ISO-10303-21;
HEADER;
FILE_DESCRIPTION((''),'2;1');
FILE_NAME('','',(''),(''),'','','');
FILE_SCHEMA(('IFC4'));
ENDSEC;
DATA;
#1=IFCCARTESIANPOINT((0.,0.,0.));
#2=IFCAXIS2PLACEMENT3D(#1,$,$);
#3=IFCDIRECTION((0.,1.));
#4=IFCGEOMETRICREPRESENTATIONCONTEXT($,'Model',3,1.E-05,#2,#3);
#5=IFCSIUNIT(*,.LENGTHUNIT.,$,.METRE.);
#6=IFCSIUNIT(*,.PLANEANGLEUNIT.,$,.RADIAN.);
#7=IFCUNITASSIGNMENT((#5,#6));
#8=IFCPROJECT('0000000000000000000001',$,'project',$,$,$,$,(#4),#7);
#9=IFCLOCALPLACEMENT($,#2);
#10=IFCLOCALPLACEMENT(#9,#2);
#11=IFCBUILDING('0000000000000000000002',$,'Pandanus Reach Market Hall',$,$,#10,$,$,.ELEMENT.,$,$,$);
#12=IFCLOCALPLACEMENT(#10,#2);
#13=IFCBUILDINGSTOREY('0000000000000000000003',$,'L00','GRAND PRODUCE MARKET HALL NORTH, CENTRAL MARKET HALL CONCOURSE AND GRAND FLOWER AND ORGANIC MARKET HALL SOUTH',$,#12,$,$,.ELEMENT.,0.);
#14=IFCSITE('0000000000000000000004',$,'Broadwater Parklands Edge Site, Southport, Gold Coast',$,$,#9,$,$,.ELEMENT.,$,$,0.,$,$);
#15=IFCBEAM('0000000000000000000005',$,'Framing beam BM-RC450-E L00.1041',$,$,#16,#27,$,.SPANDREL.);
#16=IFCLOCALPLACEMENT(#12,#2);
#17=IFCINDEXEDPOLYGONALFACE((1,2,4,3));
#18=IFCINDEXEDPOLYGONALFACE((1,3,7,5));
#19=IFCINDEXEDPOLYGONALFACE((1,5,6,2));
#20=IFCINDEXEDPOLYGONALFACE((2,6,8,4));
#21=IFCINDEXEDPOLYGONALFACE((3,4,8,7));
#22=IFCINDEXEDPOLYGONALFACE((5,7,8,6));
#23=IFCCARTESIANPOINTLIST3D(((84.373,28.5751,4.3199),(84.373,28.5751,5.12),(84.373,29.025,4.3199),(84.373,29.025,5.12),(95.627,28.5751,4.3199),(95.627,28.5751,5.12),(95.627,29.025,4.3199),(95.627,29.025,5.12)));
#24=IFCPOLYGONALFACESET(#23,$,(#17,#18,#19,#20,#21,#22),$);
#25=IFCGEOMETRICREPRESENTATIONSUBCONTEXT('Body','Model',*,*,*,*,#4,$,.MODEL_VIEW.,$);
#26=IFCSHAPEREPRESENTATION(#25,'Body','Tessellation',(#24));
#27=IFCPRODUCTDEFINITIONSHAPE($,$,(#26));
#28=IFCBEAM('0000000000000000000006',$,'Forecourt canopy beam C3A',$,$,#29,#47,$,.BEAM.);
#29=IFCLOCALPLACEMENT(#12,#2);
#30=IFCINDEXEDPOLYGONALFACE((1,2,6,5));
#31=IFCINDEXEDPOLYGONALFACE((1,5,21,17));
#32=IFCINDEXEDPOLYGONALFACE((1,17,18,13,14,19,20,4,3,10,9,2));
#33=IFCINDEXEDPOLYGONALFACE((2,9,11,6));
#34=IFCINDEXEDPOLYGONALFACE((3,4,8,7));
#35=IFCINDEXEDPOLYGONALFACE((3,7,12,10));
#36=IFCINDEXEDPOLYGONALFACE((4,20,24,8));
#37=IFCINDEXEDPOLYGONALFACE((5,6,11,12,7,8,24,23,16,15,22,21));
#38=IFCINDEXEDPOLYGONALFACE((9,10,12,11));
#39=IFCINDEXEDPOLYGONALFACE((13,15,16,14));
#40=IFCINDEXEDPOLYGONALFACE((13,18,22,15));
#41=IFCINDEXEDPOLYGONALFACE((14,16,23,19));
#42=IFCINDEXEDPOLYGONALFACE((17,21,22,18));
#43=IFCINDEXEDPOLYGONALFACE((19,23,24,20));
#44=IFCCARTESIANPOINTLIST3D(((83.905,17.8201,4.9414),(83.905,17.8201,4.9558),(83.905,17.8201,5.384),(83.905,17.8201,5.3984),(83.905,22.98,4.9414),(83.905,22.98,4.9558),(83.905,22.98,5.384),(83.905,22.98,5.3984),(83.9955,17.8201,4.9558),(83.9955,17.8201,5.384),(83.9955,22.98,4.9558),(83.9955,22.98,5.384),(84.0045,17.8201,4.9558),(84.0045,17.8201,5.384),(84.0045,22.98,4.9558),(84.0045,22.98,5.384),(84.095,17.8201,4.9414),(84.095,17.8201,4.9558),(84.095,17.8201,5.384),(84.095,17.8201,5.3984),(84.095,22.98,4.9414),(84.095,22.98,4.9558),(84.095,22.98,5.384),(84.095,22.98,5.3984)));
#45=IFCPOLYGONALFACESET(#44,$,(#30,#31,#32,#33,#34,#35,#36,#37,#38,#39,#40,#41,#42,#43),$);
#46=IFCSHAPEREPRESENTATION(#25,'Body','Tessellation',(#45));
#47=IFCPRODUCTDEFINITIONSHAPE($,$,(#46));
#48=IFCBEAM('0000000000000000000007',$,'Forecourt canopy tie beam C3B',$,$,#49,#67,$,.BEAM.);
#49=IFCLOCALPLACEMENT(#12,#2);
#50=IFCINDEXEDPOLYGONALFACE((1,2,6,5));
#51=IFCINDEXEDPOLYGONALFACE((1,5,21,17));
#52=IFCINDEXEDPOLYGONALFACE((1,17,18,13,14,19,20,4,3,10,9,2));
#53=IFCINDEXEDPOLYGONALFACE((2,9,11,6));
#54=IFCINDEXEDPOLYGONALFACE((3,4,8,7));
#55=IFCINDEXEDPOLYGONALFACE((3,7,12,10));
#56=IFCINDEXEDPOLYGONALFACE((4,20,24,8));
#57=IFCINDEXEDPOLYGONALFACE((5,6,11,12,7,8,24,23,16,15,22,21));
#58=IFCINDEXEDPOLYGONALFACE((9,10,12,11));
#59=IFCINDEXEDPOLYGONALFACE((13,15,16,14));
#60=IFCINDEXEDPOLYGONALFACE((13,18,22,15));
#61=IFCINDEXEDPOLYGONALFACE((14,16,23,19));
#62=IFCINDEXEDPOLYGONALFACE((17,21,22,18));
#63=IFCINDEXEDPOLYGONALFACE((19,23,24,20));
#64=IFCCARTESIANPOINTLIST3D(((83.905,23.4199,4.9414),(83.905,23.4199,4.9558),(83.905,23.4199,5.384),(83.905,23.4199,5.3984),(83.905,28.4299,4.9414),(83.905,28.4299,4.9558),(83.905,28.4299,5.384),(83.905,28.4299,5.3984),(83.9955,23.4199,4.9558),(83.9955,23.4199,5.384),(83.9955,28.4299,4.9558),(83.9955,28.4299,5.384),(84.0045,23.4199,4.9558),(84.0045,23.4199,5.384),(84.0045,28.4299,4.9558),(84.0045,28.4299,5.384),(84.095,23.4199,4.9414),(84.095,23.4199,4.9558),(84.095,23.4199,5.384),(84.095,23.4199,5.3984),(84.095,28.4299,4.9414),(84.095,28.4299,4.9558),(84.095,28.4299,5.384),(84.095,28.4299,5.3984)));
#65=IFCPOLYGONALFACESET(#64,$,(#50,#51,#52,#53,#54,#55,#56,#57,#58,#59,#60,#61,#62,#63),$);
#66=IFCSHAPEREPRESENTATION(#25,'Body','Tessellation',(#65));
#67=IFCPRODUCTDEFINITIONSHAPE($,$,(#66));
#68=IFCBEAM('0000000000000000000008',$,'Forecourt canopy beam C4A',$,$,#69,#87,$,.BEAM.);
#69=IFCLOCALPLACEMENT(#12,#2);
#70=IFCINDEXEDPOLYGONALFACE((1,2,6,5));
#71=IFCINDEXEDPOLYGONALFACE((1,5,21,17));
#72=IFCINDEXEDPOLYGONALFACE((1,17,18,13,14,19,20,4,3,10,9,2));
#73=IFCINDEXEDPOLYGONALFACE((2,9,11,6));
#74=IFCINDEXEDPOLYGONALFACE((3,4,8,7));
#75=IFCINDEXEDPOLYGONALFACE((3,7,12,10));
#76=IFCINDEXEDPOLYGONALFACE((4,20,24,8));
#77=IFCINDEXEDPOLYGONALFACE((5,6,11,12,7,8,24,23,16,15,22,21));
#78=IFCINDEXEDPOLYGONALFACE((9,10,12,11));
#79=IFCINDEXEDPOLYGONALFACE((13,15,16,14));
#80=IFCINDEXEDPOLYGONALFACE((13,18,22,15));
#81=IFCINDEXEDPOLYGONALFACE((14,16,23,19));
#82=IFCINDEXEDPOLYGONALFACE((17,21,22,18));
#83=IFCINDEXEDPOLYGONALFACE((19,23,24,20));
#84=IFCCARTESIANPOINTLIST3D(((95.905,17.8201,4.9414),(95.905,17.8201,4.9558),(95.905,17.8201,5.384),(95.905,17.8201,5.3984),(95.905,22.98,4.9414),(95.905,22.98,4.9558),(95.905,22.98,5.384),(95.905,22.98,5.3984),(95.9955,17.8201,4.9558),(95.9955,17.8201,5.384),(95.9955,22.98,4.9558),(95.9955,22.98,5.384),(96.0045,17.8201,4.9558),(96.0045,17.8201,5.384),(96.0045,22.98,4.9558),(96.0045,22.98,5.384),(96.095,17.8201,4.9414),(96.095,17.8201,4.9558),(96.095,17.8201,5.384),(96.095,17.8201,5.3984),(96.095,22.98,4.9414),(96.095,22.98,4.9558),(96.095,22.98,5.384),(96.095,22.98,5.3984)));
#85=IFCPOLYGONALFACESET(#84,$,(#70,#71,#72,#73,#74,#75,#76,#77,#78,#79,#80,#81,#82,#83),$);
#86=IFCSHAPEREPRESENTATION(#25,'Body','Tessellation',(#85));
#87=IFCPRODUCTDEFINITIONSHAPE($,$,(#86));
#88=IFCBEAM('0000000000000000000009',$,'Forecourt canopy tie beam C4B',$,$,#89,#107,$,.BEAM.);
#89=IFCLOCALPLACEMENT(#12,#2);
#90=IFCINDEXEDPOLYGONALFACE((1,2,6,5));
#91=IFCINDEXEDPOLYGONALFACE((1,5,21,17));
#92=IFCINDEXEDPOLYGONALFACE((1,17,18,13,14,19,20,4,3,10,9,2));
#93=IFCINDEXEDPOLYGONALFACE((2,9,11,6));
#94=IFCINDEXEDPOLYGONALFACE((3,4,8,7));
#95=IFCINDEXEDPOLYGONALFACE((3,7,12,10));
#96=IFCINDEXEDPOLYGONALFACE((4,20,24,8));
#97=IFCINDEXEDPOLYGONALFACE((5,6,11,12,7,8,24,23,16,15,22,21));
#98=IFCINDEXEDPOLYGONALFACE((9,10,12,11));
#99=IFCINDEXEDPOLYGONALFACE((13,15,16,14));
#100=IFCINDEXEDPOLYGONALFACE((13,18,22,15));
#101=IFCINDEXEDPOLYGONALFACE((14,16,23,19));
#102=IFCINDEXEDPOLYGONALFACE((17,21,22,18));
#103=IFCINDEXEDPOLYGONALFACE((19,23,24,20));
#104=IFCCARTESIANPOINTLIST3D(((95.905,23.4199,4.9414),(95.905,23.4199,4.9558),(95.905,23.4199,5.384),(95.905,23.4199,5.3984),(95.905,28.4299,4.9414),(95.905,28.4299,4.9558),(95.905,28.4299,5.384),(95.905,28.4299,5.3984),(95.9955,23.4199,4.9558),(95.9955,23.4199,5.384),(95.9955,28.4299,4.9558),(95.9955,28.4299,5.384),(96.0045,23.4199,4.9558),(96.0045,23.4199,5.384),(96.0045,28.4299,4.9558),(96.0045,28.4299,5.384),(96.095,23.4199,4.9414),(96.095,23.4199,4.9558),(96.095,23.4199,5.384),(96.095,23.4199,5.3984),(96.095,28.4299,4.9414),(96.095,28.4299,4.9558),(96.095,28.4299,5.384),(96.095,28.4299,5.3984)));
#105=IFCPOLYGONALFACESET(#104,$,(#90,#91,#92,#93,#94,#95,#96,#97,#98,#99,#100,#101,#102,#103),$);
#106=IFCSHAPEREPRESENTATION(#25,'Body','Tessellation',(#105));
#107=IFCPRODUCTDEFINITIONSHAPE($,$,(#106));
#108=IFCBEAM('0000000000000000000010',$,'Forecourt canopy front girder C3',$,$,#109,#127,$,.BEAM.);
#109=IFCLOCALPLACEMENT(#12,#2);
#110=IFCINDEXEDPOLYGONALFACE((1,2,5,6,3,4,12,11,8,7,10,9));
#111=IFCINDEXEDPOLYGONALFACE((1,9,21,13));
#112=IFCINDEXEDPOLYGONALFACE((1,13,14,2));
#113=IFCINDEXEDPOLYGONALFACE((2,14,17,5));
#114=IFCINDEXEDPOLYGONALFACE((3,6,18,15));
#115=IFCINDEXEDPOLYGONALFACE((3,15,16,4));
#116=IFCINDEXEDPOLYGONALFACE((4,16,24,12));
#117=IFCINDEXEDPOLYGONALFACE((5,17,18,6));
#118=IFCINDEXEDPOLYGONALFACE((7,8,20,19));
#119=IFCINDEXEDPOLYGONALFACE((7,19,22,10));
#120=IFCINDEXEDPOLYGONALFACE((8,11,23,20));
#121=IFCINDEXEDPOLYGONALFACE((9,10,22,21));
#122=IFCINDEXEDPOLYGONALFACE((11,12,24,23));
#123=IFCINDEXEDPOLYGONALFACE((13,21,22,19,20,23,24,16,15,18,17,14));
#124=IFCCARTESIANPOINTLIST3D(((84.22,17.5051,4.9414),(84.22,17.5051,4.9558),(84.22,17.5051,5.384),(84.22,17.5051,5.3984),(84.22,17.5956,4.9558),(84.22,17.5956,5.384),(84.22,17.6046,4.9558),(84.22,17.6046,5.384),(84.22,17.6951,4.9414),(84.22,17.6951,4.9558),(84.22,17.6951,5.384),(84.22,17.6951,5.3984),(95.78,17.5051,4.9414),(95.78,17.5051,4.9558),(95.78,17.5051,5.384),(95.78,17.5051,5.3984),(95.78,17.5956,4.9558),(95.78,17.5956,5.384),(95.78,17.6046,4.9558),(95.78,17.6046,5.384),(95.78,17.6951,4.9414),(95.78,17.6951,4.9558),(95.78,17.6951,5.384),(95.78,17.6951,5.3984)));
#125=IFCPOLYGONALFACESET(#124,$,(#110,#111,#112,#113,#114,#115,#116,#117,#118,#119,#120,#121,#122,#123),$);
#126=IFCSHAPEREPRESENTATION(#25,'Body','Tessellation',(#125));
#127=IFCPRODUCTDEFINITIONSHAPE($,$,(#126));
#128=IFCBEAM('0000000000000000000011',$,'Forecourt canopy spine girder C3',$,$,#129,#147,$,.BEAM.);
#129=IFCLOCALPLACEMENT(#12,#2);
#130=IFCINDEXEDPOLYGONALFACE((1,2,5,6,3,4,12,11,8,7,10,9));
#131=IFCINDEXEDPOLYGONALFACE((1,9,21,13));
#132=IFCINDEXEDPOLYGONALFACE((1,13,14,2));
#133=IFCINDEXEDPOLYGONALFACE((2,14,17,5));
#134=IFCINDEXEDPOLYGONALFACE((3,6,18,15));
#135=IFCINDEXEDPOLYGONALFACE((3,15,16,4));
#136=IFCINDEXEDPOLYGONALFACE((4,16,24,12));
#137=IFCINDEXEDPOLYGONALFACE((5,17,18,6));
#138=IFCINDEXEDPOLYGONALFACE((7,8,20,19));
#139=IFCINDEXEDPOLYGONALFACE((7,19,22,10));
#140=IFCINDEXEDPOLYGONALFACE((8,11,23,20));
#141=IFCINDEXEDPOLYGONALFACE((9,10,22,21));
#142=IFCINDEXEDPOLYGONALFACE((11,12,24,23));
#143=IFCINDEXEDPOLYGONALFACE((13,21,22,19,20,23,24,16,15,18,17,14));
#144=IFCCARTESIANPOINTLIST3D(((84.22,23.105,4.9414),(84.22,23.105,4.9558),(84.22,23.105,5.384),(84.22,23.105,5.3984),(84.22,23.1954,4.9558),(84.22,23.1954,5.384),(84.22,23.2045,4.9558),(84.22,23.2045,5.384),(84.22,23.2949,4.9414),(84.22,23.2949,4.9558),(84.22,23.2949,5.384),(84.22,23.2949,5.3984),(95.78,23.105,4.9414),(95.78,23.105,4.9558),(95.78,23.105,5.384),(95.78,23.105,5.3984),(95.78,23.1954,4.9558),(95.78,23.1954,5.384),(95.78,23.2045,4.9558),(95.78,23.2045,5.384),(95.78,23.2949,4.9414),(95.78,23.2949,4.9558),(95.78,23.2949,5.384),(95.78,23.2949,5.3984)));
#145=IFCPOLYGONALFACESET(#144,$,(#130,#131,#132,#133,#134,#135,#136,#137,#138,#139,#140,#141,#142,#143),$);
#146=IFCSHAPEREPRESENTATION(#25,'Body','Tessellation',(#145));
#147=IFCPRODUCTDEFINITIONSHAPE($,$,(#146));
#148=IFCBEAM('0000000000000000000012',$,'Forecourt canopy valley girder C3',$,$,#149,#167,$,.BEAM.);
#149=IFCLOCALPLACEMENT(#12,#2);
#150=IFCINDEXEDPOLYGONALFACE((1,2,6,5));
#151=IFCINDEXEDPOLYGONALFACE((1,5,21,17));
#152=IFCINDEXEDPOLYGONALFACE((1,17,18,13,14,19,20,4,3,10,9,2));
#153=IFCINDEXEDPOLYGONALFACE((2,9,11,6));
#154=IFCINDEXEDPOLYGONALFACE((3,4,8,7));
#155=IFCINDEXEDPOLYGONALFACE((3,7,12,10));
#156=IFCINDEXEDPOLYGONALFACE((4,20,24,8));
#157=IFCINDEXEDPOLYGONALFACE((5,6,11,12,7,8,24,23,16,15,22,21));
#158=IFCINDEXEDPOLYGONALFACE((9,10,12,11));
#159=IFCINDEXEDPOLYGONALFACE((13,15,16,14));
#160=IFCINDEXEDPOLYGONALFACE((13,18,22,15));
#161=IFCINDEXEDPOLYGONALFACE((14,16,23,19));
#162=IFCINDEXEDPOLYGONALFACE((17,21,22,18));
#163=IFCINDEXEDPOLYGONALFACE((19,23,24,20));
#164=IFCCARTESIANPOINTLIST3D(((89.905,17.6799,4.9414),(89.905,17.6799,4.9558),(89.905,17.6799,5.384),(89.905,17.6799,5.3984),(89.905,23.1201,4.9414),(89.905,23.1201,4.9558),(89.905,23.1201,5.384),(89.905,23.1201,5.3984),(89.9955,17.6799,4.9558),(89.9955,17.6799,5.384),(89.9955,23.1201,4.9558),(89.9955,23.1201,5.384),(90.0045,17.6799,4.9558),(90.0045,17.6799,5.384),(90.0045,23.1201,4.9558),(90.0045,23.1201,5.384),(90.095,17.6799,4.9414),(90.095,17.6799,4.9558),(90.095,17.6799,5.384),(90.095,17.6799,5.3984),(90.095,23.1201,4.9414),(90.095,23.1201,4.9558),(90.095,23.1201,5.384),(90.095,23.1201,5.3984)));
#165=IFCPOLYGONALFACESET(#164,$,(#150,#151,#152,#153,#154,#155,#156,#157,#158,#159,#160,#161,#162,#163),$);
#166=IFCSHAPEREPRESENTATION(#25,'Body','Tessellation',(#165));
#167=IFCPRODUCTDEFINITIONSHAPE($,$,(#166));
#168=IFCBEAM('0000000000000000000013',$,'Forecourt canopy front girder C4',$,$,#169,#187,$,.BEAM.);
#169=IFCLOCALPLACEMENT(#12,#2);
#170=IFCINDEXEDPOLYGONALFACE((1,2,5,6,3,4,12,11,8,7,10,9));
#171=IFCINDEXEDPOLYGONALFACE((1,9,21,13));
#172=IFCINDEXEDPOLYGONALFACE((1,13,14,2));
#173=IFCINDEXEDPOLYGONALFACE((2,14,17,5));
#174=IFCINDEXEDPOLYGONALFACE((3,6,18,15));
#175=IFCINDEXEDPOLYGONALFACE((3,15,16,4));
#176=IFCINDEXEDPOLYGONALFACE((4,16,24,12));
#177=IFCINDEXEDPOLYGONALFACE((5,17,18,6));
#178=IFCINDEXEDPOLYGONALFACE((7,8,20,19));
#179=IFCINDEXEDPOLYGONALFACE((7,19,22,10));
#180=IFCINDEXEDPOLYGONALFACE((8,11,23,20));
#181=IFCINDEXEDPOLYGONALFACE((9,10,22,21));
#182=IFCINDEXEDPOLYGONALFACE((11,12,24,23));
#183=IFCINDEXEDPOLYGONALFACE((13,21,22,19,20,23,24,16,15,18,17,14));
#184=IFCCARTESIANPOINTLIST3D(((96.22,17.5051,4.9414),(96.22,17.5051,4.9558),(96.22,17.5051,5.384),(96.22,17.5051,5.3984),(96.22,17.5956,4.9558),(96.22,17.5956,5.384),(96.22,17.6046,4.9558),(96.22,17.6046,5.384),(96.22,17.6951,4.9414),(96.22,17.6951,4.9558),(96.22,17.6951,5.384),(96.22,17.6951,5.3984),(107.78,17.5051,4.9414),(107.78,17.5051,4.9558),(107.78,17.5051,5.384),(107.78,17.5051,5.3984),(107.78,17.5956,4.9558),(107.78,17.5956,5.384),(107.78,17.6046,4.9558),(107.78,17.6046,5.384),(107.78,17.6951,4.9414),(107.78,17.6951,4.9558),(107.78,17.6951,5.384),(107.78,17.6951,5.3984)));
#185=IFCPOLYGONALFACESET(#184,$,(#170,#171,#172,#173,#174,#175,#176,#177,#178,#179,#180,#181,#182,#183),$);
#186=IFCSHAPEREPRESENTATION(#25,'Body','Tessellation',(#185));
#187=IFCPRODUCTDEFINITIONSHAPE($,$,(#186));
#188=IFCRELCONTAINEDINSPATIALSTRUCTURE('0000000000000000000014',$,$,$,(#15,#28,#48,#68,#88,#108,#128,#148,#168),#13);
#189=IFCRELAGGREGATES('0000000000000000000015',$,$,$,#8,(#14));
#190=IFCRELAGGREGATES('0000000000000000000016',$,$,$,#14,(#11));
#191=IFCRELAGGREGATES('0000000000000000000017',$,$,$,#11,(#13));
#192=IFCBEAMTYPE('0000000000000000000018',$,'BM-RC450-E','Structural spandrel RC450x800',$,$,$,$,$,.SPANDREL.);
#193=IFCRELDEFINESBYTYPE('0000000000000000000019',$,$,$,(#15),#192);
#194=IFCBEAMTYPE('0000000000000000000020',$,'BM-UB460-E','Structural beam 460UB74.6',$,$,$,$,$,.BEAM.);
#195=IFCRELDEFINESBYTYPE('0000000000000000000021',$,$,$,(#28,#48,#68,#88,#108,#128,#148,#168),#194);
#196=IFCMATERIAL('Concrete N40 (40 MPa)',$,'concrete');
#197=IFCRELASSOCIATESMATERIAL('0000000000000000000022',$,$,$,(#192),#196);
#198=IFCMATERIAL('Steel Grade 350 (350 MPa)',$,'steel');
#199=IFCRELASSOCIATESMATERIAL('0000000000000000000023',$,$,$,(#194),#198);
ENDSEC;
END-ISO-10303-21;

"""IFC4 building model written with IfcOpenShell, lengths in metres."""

from ifc_helpers import new_model, si_unit, direction, frame, origin, origin_2d, place, context, subcontext, project, spatial, rectangle, i_section, extrude, material, material_profile, profile_set, type_object, element, save


model = new_model("IFC4")

# Units and contexts
model_context = context("Model", 3, precision=1e-05, world=origin(), true_north=direction((0.0, 1.0)))
body_context = subcontext(model_context, "Body", "Model", "MODEL_VIEW")
ifc_project = project(units=[si_unit("LENGTHUNIT", "METRE"), si_unit("PLANEANGLEUNIT", "RADIAN")], contexts=[model_context])

# Site, building, storey
site_placement = place(None, origin())
site = spatial("IfcSite", under=ifc_project, at=site_placement, Name="Broadwater Parklands Edge Site, Southport, Gold Coast", CompositionType="ELEMENT", RefElevation=0.0)
building_placement = place(site_placement, origin())
building = spatial("IfcBuilding", under=site, at=building_placement, Name="Pandanus Reach Market Hall", CompositionType="ELEMENT")
storey_placement = place(building_placement, origin())
storey = spatial("IfcBuildingStorey", under=building, at=storey_placement, Name="L00", Description="GRAND PRODUCE MARKET HALL NORTH, CENTRAL MARKET HALL CONCOURSE AND GRAND FLOWER AND ORGANIC MARKET HALL SOUTH", CompositionType="ELEMENT", Elevation=0.0)

# Shared definitions
ifc_material_1 = material(Name="Concrete N40 (40 MPa)", Category="concrete")

# Beams
ifc_material_profile_1 = material_profile(ifc_material_1, rectangle(XDim=0.45, YDim=0.8, at=origin_2d()), Name="RC450x800", Category="LoadBearing")
ifc_profile_set_1 = profile_set([ifc_material_profile_1], Name="Concrete N40 (40 MPa)")
beam_type_1 = type_object("IfcBeamType", Name="BM-RC450-E", Description="Structural spandrel RC450x800", PredefinedType="SPANDREL", material=ifc_profile_set_1)
beam_1_placement = place(storey_placement, frame((84.373, 28.8, 4.72), z_axis=(1.0, 0.0, 0.0), x_axis=(0.0, 1.0, 0.0)))
element("IfcBeam", 1, at=beam_1_placement, inside=storey, type_object=beam_type_1, Name="Framing beam BM-RC450-E L00.1041", PredefinedType="SPANDREL", context=body_context, shape_type="SweptSolid", body=[
    extrude(rectangle(XDim=0.45, YDim=0.8, at=origin_2d()), origin(), (0.0, 0.0, 1.0), 11.2539),
])
ifc_material_2 = material(Name="Steel Grade 350 (350 MPa)", Category="steel")
ifc_material_profile_2 = material_profile(ifc_material_2, i_section(OverallWidth=0.1899, OverallDepth=0.457, WebThickness=0.009, FlangeThickness=0.0144, at=origin_2d()), Name="460UB74.6", Category="LoadBearing")
ifc_profile_set_2 = profile_set([ifc_material_profile_2], Name="Steel Grade 350 (350 MPa)")
beam_type_2 = type_object("IfcBeamType", Name="BM-UB460-E", Description="Structural beam 460UB74.6", PredefinedType="BEAM", material=ifc_profile_set_2)
beam_2_placement = place(storey_placement, frame((84.0, 17.8201, 5.1699), z_axis=(0.0, 1.0, 0.0), x_axis=(-1.0, 0.0, 0.0)))
element("IfcBeam", 2, at=beam_2_placement, inside=storey, type_object=beam_type_2, Name="Forecourt canopy beam C3A", PredefinedType="BEAM", context=body_context, shape_type="SweptSolid", body=[
    extrude(i_section(OverallWidth=0.1899, OverallDepth=0.457, WebThickness=0.009, FlangeThickness=0.0144, at=origin_2d()), origin(), (0.0, 0.0, 1.0), 5.1599),
])
beam_3_placement = place(storey_placement, frame((84.0, 23.4199, 5.1699), z_axis=(0.0, 1.0, 0.0), x_axis=(-1.0, 0.0, 0.0)))
element("IfcBeam", 3, at=beam_3_placement, inside=storey, type_object=beam_type_2, Name="Forecourt canopy tie beam C3B", PredefinedType="BEAM", context=body_context, shape_type="SweptSolid", body=[
    extrude(i_section(OverallWidth=0.1899, OverallDepth=0.457, WebThickness=0.009, FlangeThickness=0.0144, at=origin_2d()), origin(), (0.0, 0.0, 1.0), 5.01),
])
beam_4_placement = place(storey_placement, frame((96.0, 17.8201, 5.1699), z_axis=(0.0, 1.0, 0.0), x_axis=(-1.0, 0.0, 0.0)))
element("IfcBeam", 4, at=beam_4_placement, inside=storey, type_object=beam_type_2, Name="Forecourt canopy beam C4A", PredefinedType="BEAM", context=body_context, shape_type="SweptSolid", body=[
    extrude(i_section(OverallWidth=0.1899, OverallDepth=0.457, WebThickness=0.009, FlangeThickness=0.0144, at=origin_2d()), origin(), (0.0, 0.0, 1.0), 5.1599),
])
beam_5_placement = place(storey_placement, frame((96.0, 23.4199, 5.1699), z_axis=(0.0, 1.0, 0.0), x_axis=(-1.0, 0.0, 0.0)))
element("IfcBeam", 5, at=beam_5_placement, inside=storey, type_object=beam_type_2, Name="Forecourt canopy tie beam C4B", PredefinedType="BEAM", context=body_context, shape_type="SweptSolid", body=[
    extrude(i_section(OverallWidth=0.1899, OverallDepth=0.457, WebThickness=0.009, FlangeThickness=0.0144, at=origin_2d()), origin(), (0.0, 0.0, 1.0), 5.01),
])
for number, where, z_axis, x_axis, name in (
    (6, (84.22, 17.6001, 5.1699), (1.0, 0.0, 0.0), (0.0, 1.0, 0.0), "Forecourt canopy front girder C3"),
    (7, (84.22, 23.2, 5.1699), (1.0, 0.0, 0.0), (0.0, 1.0, 0.0), "Forecourt canopy spine girder C3"),
):
    element("IfcBeam", number, at=place(storey_placement, frame(where, z_axis=z_axis, x_axis=x_axis)), inside=storey, type_object=beam_type_2, Name=name, PredefinedType="BEAM", context=body_context, shape_type="SweptSolid", body=[
        extrude(i_section(OverallWidth=0.1899, OverallDepth=0.457, WebThickness=0.009, FlangeThickness=0.0144, at=origin_2d()), origin(), (0.0, 0.0, 1.0), 11.5601),
    ])
beam_6_placement = place(storey_placement, frame((90.0, 17.6799, 5.1699), z_axis=(0.0, 1.0, 0.0), x_axis=(-1.0, 0.0, 0.0)))
element("IfcBeam", 8, at=beam_6_placement, inside=storey, type_object=beam_type_2, Name="Forecourt canopy valley girder C3", PredefinedType="BEAM", context=body_context, shape_type="SweptSolid", body=[
    extrude(i_section(OverallWidth=0.1899, OverallDepth=0.457, WebThickness=0.009, FlangeThickness=0.0144, at=origin_2d()), origin(), (0.0, 0.0, 1.0), 5.4402),
])
for number, where, z_axis, x_axis, name in (
    (9, (96.22, 17.6001, 5.1699), (1.0, 0.0, 0.0), (0.0, 1.0, 0.0), "Forecourt canopy front girder C4"),
):
    element("IfcBeam", number, at=place(storey_placement, frame(where, z_axis=z_axis, x_axis=x_axis)), inside=storey, type_object=beam_type_2, Name=name, PredefinedType="BEAM", context=body_context, shape_type="SweptSolid", body=[
        extrude(i_section(OverallWidth=0.1899, OverallDepth=0.457, WebThickness=0.009, FlangeThickness=0.0144, at=origin_2d()), origin(), (0.0, 0.0, 1.0), 11.5601),
    ])

save(model, "model.ifc")
